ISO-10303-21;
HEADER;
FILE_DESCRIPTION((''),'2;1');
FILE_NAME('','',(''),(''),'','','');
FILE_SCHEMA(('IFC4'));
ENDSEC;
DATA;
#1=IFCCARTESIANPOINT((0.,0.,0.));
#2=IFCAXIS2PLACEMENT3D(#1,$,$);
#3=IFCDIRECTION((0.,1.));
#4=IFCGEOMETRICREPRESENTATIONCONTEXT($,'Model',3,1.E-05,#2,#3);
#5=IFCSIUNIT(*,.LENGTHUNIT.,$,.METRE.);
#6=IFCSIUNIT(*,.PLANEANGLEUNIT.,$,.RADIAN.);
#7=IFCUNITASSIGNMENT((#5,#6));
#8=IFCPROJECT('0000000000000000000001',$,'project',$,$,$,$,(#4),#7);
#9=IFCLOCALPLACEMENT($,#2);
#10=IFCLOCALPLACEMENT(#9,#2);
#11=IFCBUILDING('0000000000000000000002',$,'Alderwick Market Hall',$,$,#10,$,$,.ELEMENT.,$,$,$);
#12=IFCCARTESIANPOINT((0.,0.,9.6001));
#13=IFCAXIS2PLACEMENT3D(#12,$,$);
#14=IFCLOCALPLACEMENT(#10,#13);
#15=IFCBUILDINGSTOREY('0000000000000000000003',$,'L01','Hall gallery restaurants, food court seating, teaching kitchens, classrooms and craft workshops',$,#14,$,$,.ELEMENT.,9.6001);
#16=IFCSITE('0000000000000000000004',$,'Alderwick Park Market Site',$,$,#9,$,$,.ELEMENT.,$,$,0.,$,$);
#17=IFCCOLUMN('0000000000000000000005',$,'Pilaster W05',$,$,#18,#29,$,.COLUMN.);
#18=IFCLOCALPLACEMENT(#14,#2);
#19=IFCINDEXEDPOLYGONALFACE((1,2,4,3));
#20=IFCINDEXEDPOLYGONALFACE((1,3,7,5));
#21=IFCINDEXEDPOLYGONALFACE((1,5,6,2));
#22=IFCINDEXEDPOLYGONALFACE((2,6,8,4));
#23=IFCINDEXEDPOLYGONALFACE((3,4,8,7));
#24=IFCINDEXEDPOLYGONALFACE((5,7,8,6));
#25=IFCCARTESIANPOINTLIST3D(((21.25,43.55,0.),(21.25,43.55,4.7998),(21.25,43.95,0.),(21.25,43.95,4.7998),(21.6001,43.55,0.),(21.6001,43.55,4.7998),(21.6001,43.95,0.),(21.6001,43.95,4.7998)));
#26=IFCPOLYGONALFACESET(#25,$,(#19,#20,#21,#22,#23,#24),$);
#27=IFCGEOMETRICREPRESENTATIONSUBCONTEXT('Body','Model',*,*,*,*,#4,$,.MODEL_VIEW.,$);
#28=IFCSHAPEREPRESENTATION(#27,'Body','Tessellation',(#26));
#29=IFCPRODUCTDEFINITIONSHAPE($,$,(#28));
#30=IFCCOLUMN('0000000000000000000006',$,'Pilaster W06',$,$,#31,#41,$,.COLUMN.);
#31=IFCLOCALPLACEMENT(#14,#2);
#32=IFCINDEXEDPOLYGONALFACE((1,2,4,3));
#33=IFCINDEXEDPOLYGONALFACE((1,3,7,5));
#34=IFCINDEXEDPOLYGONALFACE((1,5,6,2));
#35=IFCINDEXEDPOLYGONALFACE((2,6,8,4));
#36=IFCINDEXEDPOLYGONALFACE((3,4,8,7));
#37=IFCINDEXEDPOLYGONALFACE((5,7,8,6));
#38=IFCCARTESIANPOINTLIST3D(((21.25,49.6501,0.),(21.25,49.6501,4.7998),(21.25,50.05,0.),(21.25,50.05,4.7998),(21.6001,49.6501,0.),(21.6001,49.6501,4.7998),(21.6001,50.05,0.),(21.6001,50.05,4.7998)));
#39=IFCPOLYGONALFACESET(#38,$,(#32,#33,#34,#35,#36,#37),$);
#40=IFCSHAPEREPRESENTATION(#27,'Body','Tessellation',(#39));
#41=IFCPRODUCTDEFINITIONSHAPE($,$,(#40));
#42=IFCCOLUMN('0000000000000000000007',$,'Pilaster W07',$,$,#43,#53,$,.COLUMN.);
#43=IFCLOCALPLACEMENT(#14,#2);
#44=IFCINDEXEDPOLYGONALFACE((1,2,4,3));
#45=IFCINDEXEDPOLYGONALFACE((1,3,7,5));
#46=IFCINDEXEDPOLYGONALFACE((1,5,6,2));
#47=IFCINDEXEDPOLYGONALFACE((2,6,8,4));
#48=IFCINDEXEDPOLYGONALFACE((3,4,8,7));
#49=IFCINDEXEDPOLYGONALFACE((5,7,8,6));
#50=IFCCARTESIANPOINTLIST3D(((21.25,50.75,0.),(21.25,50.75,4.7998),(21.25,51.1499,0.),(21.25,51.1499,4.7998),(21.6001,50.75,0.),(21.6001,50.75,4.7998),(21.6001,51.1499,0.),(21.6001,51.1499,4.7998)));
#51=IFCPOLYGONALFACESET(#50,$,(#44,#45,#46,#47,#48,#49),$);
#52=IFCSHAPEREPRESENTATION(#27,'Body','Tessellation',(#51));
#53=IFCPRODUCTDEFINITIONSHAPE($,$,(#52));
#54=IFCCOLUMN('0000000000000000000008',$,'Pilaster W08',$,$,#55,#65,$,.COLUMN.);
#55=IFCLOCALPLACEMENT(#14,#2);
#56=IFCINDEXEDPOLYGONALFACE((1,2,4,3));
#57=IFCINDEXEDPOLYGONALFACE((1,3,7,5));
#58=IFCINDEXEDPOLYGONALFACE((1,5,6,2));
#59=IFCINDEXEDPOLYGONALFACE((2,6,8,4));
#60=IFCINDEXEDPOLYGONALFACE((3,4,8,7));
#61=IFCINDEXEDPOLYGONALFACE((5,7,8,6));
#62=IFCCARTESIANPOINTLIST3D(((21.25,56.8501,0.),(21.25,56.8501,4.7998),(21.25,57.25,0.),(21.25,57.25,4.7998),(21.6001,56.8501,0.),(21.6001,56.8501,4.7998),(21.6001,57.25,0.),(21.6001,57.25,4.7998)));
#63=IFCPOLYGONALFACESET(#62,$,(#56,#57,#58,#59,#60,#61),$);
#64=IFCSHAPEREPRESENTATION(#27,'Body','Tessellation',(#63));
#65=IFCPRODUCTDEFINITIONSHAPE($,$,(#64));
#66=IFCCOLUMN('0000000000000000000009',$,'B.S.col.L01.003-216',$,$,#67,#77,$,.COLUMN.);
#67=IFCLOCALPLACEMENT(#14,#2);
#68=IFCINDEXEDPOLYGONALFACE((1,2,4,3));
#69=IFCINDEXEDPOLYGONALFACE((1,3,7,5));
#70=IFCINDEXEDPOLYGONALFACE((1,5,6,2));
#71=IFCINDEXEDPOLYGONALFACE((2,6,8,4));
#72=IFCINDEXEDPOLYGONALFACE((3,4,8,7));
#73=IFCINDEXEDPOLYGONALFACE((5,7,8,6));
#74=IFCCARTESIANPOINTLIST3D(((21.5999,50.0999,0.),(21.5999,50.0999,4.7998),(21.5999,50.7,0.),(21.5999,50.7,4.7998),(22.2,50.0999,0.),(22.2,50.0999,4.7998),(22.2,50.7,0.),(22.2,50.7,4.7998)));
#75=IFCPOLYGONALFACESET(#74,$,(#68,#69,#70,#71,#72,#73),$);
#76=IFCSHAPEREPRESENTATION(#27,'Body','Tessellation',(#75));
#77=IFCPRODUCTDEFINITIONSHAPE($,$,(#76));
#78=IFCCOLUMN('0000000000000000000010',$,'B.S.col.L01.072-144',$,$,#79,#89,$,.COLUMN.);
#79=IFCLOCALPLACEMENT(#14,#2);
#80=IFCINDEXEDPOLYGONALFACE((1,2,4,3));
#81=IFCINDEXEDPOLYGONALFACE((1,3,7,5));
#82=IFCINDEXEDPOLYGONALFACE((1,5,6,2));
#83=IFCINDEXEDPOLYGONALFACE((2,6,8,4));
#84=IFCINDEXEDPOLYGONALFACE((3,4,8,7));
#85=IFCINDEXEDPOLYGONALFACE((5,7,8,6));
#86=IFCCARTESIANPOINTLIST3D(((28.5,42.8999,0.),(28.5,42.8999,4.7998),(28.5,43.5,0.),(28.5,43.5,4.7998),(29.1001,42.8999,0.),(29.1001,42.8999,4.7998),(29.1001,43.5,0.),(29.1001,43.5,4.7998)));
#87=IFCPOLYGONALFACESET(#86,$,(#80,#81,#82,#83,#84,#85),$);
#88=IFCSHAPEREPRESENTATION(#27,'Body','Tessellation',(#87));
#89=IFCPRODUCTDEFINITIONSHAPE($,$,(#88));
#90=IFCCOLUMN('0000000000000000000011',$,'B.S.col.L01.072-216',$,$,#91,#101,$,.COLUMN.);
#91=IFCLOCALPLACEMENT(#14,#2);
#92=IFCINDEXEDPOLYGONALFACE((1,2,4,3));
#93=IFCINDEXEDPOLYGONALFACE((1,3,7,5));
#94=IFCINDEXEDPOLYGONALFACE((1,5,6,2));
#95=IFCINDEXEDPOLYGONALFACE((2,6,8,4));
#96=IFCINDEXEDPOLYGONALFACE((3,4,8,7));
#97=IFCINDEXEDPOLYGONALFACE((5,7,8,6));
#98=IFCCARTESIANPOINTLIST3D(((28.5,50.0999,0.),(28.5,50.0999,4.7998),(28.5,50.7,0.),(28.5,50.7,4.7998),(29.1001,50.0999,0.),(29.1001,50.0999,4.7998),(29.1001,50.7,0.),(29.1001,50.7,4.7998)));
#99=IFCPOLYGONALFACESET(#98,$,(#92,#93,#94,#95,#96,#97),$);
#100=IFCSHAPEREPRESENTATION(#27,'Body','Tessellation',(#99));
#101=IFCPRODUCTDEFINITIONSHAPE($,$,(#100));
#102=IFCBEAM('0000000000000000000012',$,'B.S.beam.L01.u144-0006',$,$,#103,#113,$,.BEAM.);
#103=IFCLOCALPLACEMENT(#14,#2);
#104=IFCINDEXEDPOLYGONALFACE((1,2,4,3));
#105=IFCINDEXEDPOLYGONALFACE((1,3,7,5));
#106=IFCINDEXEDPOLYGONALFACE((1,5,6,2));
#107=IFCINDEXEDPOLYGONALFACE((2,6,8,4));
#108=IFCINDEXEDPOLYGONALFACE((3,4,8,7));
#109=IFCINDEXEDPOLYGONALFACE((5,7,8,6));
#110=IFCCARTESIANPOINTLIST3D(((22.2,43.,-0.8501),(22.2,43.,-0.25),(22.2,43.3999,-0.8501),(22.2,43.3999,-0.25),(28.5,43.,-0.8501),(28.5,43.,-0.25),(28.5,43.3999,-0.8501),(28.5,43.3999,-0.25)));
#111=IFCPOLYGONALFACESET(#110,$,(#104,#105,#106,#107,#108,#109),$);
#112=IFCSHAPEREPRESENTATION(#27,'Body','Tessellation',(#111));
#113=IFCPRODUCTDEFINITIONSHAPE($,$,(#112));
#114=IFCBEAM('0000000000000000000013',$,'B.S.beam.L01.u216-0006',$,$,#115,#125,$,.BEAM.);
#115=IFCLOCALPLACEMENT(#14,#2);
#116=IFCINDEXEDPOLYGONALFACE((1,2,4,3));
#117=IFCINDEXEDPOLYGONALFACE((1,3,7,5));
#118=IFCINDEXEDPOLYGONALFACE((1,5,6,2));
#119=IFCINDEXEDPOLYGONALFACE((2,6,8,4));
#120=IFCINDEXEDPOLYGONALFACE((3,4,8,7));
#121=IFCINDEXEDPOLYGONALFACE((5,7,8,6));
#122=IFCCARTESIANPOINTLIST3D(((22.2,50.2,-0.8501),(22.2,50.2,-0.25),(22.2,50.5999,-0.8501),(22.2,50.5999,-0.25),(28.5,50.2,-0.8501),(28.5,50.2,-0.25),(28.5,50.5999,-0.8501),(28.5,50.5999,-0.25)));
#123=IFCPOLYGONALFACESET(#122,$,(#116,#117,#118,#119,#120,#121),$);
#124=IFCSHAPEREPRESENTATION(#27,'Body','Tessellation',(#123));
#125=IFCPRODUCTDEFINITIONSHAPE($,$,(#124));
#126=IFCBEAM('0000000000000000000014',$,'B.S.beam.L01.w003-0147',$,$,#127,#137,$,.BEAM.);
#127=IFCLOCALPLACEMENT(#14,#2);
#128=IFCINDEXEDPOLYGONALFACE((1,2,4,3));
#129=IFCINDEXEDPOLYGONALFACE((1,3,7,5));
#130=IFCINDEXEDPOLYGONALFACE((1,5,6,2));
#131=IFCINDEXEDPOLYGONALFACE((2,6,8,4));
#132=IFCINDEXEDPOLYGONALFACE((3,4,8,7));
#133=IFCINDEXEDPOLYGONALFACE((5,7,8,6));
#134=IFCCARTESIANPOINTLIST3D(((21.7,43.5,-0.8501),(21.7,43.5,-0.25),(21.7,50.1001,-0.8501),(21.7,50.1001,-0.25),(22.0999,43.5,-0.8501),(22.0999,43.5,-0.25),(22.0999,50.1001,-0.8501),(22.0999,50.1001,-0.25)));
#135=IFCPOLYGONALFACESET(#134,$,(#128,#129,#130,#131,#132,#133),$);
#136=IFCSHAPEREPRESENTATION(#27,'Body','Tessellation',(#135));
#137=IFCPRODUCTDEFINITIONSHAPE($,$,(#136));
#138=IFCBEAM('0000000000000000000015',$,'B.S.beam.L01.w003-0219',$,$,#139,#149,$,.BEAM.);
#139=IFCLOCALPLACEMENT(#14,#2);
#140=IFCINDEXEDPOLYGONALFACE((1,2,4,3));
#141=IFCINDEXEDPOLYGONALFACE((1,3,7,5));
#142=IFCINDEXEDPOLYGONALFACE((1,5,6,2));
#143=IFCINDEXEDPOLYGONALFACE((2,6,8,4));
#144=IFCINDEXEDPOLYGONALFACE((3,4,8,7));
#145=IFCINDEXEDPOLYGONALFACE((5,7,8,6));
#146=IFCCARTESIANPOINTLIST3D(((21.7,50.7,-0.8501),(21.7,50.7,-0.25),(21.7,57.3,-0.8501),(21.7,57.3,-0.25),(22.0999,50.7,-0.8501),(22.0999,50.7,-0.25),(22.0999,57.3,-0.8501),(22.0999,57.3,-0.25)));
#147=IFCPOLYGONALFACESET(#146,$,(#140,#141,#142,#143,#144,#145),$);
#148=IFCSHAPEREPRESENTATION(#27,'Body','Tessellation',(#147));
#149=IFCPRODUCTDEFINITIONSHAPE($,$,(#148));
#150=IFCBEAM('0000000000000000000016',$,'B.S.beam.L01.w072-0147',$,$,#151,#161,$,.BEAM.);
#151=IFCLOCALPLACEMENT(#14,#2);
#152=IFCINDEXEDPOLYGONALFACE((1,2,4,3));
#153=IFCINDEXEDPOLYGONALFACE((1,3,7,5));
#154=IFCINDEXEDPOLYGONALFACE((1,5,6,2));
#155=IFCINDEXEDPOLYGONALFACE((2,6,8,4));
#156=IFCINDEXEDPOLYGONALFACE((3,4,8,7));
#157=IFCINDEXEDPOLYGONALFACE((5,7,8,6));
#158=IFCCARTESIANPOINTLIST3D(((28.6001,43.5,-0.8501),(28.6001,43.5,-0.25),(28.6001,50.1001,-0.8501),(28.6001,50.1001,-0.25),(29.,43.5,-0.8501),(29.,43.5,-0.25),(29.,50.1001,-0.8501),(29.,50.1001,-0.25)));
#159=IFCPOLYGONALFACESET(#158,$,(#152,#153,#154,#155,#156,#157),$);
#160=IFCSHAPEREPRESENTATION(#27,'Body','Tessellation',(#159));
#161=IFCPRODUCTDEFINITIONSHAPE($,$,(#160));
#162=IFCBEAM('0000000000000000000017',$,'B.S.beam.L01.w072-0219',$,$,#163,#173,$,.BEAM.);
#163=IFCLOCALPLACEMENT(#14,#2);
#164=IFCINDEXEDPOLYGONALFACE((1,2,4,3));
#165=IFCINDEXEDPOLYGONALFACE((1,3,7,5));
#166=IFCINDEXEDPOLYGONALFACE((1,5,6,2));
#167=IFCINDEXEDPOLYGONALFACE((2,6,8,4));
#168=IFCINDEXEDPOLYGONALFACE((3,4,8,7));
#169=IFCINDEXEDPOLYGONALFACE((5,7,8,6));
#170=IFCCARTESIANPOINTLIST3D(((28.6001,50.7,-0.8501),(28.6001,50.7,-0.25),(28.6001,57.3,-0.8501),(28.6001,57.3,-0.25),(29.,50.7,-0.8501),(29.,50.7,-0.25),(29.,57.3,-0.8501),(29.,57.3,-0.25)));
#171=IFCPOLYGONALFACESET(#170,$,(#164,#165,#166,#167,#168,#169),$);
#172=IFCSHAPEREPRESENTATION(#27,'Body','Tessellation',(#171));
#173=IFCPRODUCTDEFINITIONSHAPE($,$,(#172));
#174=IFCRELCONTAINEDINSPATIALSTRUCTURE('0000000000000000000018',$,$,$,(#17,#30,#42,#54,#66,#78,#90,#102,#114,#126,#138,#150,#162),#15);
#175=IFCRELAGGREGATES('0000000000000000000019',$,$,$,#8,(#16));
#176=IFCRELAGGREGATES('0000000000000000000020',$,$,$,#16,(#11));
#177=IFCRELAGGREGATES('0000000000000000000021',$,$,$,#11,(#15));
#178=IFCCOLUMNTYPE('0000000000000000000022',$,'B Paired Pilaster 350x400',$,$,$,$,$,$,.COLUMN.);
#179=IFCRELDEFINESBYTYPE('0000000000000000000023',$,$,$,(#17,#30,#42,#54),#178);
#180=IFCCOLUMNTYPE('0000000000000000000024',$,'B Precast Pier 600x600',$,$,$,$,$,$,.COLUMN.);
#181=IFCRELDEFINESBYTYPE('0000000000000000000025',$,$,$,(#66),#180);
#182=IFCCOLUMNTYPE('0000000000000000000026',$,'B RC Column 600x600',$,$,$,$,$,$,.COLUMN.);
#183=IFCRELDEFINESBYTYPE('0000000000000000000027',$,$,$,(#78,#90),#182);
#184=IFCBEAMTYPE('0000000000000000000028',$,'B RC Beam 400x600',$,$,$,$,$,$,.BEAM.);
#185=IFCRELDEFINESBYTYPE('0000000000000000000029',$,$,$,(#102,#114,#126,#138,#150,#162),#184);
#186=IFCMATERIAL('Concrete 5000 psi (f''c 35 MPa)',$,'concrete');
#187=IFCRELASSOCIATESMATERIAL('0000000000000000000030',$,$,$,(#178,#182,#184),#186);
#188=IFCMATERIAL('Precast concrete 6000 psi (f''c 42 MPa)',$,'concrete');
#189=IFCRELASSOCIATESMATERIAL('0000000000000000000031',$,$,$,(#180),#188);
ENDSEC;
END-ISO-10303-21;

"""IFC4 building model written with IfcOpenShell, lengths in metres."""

from ifc_helpers import new_model, si_unit, direction, frame, origin, origin_2d, place, context, subcontext, project, spatial, rectangle, extrude, material, material_profile, profile_set, type_object, element, save


model = new_model("IFC4")

# Units and contexts
model_context = context("Model", 3, precision=1e-05, world=origin(), true_north=direction((0.0, 1.0)))
body_context = subcontext(model_context, "Body", "Model", "MODEL_VIEW")
ifc_project = project(units=[si_unit("LENGTHUNIT", "METRE"), si_unit("PLANEANGLEUNIT", "RADIAN")], contexts=[model_context])

# Site, building, storey
site_placement = place(None, origin())
site = spatial("IfcSite", under=ifc_project, at=site_placement, Name="Alderwick Park Market Site", CompositionType="ELEMENT", RefElevation=0.0)
building_placement = place(site_placement, origin())
building = spatial("IfcBuilding", under=site, at=building_placement, Name="Alderwick Market Hall", CompositionType="ELEMENT")
storey_placement = place(building_placement, frame((0.0, 0.0, 9.6001)))
storey = spatial("IfcBuildingStorey", under=building, at=storey_placement, Name="L01", Description="Hall gallery restaurants, food court seating, teaching kitchens, classrooms and craft workshops", CompositionType="ELEMENT", Elevation=9.6001)

# Columns
ifc_material_1 = material(Name="Concrete 5000 psi (f'c 35 MPa)", Category="concrete")
ifc_material_profile_1 = material_profile(ifc_material_1, rectangle(XDim=0.3501, YDim=0.3999, at=origin_2d()), Name="B Paired Pilaster 350x400")
ifc_profile_set_1 = profile_set([ifc_material_profile_1], Name="Concrete 5000 psi (f'c 35 MPa)")
column_type_1 = type_object("IfcColumnType", Name="B Paired Pilaster 350x400", PredefinedType="COLUMN", material=ifc_profile_set_1)
for number, where, z_axis, x_axis, name in (
    (1, (21.425, 43.75, 0.0), (0.0, 0.0, 1.0), (1.0, 0.0, 0.0), "Pilaster W05"),
    (2, (21.425, 49.8501, 0.0), (0.0, 0.0, 1.0), (1.0, 0.0, 0.0), "Pilaster W06"),
    (3, (21.425, 50.95, 0.0), (0.0, 0.0, 1.0), (1.0, 0.0, 0.0), "Pilaster W07"),
    (4, (21.425, 57.05, 0.0), (0.0, 0.0, 1.0), (1.0, 0.0, 0.0), "Pilaster W08"),
):
    element("IfcColumn", number, at=place(storey_placement, frame(where, z_axis=z_axis, x_axis=x_axis)), inside=storey, type_object=column_type_1, Name=name, PredefinedType="COLUMN", context=body_context, shape_type="SweptSolid", body=[
        extrude(rectangle(XDim=0.3501, YDim=0.3999, at=origin_2d()), origin(), (0.0, 0.0, 1.0), 4.7998),
    ])
ifc_material_2 = material(Name="Precast concrete 6000 psi (f'c 42 MPa)", Category="concrete")
ifc_material_profile_2 = material_profile(ifc_material_2, rectangle(XDim=0.6001, YDim=0.6001, at=origin_2d()), Name="B Precast Pier 600x600")
ifc_profile_set_2 = profile_set([ifc_material_profile_2], Name="Precast concrete 6000 psi (f'c 42 MPa)")
column_type_2 = type_object("IfcColumnType", Name="B Precast Pier 600x600", PredefinedType="COLUMN", material=ifc_profile_set_2)
column_placement = place(storey_placement, frame((21.8999, 50.3999, 0.0), z_axis=(0.0, 0.0, 1.0), x_axis=(1.0, 0.0, 0.0)))
element("IfcColumn", 5, at=column_placement, inside=storey, type_object=column_type_2, Name="B.S.col.L01.003-216", PredefinedType="COLUMN", context=body_context, shape_type="SweptSolid", body=[
    extrude(rectangle(XDim=0.6001, YDim=0.6001, at=origin_2d()), origin(), (0.0, 0.0, 1.0), 4.7998),
])
ifc_material_profile_3 = material_profile(ifc_material_1, rectangle(XDim=0.6001, YDim=0.6001, at=origin_2d()), Name="B RC Column 600x600")
ifc_profile_set_3 = profile_set([ifc_material_profile_3], Name="Concrete 5000 psi (f'c 35 MPa)")
column_type_3 = type_object("IfcColumnType", Name="B RC Column 600x600", PredefinedType="COLUMN", material=ifc_profile_set_3)
for number, where, z_axis, x_axis, name in (
    (6, (28.8, 43.2, 0.0), (0.0, 0.0, 1.0), (1.0, 0.0, 0.0), "B.S.col.L01.072-144"),
    (7, (28.8, 50.3999, 0.0), (0.0, 0.0, 1.0), (1.0, 0.0, 0.0), "B.S.col.L01.072-216"),
):
    element("IfcColumn", number, at=place(storey_placement, frame(where, z_axis=z_axis, x_axis=x_axis)), inside=storey, type_object=column_type_3, Name=name, PredefinedType="COLUMN", context=body_context, shape_type="SweptSolid", body=[
        extrude(rectangle(XDim=0.6001, YDim=0.6001, at=origin_2d()), origin(), (0.0, 0.0, 1.0), 4.7998),
    ])

# Beams
ifc_material_profile_4 = material_profile(ifc_material_1, rectangle(XDim=0.3999, YDim=0.6001, at=origin_2d()), Name="B RC Beam 400x600")
ifc_profile_set_4 = profile_set([ifc_material_profile_4], Name="Concrete 5000 psi (f'c 35 MPa)")
beam_type = type_object("IfcBeamType", Name="B RC Beam 400x600", PredefinedType="BEAM", material=ifc_profile_set_4)
for number, where, z_axis, x_axis, name in (
    (8, (22.2, 43.2, -0.55), (1.0, 0.0, 0.0), (0.0, 1.0, 0.0), "B.S.beam.L01.u144-0006"),
    (9, (22.2, 50.3999, -0.55), (1.0, 0.0, 0.0), (0.0, 1.0, 0.0), "B.S.beam.L01.u216-0006"),
):
    element("IfcBeam", number, at=place(storey_placement, frame(where, z_axis=z_axis, x_axis=x_axis)), inside=storey, type_object=beam_type, Name=name, PredefinedType="BEAM", context=body_context, shape_type="SweptSolid", body=[
        extrude(rectangle(XDim=0.3999, YDim=0.6001, at=origin_2d()), origin(), (0.0, 0.0, 1.0), 6.3),
    ])
for number, where, z_axis, x_axis, name in (
    (10, (21.8999, 43.5, -0.55), (0.0, 1.0, 0.0), (-1.0, 0.0, 0.0), "B.S.beam.L01.w003-0147"),
    (11, (21.8999, 50.7, -0.55), (0.0, 1.0, 0.0), (-1.0, 0.0, 0.0), "B.S.beam.L01.w003-0219"),
    (12, (28.8, 43.5, -0.55), (0.0, 1.0, 0.0), (-1.0, 0.0, 0.0), "B.S.beam.L01.w072-0147"),
    (13, (28.8, 50.7, -0.55), (0.0, 1.0, 0.0), (-1.0, 0.0, 0.0), "B.S.beam.L01.w072-0219"),
):
    element("IfcBeam", number, at=place(storey_placement, frame(where, z_axis=z_axis, x_axis=x_axis)), inside=storey, type_object=beam_type, Name=name, PredefinedType="BEAM", context=body_context, shape_type="SweptSolid", body=[
        extrude(rectangle(XDim=0.3999, YDim=0.6001, at=origin_2d()), origin(), (0.0, 0.0, 1.0), 6.6001),
    ])

save(model, "model.ifc")
